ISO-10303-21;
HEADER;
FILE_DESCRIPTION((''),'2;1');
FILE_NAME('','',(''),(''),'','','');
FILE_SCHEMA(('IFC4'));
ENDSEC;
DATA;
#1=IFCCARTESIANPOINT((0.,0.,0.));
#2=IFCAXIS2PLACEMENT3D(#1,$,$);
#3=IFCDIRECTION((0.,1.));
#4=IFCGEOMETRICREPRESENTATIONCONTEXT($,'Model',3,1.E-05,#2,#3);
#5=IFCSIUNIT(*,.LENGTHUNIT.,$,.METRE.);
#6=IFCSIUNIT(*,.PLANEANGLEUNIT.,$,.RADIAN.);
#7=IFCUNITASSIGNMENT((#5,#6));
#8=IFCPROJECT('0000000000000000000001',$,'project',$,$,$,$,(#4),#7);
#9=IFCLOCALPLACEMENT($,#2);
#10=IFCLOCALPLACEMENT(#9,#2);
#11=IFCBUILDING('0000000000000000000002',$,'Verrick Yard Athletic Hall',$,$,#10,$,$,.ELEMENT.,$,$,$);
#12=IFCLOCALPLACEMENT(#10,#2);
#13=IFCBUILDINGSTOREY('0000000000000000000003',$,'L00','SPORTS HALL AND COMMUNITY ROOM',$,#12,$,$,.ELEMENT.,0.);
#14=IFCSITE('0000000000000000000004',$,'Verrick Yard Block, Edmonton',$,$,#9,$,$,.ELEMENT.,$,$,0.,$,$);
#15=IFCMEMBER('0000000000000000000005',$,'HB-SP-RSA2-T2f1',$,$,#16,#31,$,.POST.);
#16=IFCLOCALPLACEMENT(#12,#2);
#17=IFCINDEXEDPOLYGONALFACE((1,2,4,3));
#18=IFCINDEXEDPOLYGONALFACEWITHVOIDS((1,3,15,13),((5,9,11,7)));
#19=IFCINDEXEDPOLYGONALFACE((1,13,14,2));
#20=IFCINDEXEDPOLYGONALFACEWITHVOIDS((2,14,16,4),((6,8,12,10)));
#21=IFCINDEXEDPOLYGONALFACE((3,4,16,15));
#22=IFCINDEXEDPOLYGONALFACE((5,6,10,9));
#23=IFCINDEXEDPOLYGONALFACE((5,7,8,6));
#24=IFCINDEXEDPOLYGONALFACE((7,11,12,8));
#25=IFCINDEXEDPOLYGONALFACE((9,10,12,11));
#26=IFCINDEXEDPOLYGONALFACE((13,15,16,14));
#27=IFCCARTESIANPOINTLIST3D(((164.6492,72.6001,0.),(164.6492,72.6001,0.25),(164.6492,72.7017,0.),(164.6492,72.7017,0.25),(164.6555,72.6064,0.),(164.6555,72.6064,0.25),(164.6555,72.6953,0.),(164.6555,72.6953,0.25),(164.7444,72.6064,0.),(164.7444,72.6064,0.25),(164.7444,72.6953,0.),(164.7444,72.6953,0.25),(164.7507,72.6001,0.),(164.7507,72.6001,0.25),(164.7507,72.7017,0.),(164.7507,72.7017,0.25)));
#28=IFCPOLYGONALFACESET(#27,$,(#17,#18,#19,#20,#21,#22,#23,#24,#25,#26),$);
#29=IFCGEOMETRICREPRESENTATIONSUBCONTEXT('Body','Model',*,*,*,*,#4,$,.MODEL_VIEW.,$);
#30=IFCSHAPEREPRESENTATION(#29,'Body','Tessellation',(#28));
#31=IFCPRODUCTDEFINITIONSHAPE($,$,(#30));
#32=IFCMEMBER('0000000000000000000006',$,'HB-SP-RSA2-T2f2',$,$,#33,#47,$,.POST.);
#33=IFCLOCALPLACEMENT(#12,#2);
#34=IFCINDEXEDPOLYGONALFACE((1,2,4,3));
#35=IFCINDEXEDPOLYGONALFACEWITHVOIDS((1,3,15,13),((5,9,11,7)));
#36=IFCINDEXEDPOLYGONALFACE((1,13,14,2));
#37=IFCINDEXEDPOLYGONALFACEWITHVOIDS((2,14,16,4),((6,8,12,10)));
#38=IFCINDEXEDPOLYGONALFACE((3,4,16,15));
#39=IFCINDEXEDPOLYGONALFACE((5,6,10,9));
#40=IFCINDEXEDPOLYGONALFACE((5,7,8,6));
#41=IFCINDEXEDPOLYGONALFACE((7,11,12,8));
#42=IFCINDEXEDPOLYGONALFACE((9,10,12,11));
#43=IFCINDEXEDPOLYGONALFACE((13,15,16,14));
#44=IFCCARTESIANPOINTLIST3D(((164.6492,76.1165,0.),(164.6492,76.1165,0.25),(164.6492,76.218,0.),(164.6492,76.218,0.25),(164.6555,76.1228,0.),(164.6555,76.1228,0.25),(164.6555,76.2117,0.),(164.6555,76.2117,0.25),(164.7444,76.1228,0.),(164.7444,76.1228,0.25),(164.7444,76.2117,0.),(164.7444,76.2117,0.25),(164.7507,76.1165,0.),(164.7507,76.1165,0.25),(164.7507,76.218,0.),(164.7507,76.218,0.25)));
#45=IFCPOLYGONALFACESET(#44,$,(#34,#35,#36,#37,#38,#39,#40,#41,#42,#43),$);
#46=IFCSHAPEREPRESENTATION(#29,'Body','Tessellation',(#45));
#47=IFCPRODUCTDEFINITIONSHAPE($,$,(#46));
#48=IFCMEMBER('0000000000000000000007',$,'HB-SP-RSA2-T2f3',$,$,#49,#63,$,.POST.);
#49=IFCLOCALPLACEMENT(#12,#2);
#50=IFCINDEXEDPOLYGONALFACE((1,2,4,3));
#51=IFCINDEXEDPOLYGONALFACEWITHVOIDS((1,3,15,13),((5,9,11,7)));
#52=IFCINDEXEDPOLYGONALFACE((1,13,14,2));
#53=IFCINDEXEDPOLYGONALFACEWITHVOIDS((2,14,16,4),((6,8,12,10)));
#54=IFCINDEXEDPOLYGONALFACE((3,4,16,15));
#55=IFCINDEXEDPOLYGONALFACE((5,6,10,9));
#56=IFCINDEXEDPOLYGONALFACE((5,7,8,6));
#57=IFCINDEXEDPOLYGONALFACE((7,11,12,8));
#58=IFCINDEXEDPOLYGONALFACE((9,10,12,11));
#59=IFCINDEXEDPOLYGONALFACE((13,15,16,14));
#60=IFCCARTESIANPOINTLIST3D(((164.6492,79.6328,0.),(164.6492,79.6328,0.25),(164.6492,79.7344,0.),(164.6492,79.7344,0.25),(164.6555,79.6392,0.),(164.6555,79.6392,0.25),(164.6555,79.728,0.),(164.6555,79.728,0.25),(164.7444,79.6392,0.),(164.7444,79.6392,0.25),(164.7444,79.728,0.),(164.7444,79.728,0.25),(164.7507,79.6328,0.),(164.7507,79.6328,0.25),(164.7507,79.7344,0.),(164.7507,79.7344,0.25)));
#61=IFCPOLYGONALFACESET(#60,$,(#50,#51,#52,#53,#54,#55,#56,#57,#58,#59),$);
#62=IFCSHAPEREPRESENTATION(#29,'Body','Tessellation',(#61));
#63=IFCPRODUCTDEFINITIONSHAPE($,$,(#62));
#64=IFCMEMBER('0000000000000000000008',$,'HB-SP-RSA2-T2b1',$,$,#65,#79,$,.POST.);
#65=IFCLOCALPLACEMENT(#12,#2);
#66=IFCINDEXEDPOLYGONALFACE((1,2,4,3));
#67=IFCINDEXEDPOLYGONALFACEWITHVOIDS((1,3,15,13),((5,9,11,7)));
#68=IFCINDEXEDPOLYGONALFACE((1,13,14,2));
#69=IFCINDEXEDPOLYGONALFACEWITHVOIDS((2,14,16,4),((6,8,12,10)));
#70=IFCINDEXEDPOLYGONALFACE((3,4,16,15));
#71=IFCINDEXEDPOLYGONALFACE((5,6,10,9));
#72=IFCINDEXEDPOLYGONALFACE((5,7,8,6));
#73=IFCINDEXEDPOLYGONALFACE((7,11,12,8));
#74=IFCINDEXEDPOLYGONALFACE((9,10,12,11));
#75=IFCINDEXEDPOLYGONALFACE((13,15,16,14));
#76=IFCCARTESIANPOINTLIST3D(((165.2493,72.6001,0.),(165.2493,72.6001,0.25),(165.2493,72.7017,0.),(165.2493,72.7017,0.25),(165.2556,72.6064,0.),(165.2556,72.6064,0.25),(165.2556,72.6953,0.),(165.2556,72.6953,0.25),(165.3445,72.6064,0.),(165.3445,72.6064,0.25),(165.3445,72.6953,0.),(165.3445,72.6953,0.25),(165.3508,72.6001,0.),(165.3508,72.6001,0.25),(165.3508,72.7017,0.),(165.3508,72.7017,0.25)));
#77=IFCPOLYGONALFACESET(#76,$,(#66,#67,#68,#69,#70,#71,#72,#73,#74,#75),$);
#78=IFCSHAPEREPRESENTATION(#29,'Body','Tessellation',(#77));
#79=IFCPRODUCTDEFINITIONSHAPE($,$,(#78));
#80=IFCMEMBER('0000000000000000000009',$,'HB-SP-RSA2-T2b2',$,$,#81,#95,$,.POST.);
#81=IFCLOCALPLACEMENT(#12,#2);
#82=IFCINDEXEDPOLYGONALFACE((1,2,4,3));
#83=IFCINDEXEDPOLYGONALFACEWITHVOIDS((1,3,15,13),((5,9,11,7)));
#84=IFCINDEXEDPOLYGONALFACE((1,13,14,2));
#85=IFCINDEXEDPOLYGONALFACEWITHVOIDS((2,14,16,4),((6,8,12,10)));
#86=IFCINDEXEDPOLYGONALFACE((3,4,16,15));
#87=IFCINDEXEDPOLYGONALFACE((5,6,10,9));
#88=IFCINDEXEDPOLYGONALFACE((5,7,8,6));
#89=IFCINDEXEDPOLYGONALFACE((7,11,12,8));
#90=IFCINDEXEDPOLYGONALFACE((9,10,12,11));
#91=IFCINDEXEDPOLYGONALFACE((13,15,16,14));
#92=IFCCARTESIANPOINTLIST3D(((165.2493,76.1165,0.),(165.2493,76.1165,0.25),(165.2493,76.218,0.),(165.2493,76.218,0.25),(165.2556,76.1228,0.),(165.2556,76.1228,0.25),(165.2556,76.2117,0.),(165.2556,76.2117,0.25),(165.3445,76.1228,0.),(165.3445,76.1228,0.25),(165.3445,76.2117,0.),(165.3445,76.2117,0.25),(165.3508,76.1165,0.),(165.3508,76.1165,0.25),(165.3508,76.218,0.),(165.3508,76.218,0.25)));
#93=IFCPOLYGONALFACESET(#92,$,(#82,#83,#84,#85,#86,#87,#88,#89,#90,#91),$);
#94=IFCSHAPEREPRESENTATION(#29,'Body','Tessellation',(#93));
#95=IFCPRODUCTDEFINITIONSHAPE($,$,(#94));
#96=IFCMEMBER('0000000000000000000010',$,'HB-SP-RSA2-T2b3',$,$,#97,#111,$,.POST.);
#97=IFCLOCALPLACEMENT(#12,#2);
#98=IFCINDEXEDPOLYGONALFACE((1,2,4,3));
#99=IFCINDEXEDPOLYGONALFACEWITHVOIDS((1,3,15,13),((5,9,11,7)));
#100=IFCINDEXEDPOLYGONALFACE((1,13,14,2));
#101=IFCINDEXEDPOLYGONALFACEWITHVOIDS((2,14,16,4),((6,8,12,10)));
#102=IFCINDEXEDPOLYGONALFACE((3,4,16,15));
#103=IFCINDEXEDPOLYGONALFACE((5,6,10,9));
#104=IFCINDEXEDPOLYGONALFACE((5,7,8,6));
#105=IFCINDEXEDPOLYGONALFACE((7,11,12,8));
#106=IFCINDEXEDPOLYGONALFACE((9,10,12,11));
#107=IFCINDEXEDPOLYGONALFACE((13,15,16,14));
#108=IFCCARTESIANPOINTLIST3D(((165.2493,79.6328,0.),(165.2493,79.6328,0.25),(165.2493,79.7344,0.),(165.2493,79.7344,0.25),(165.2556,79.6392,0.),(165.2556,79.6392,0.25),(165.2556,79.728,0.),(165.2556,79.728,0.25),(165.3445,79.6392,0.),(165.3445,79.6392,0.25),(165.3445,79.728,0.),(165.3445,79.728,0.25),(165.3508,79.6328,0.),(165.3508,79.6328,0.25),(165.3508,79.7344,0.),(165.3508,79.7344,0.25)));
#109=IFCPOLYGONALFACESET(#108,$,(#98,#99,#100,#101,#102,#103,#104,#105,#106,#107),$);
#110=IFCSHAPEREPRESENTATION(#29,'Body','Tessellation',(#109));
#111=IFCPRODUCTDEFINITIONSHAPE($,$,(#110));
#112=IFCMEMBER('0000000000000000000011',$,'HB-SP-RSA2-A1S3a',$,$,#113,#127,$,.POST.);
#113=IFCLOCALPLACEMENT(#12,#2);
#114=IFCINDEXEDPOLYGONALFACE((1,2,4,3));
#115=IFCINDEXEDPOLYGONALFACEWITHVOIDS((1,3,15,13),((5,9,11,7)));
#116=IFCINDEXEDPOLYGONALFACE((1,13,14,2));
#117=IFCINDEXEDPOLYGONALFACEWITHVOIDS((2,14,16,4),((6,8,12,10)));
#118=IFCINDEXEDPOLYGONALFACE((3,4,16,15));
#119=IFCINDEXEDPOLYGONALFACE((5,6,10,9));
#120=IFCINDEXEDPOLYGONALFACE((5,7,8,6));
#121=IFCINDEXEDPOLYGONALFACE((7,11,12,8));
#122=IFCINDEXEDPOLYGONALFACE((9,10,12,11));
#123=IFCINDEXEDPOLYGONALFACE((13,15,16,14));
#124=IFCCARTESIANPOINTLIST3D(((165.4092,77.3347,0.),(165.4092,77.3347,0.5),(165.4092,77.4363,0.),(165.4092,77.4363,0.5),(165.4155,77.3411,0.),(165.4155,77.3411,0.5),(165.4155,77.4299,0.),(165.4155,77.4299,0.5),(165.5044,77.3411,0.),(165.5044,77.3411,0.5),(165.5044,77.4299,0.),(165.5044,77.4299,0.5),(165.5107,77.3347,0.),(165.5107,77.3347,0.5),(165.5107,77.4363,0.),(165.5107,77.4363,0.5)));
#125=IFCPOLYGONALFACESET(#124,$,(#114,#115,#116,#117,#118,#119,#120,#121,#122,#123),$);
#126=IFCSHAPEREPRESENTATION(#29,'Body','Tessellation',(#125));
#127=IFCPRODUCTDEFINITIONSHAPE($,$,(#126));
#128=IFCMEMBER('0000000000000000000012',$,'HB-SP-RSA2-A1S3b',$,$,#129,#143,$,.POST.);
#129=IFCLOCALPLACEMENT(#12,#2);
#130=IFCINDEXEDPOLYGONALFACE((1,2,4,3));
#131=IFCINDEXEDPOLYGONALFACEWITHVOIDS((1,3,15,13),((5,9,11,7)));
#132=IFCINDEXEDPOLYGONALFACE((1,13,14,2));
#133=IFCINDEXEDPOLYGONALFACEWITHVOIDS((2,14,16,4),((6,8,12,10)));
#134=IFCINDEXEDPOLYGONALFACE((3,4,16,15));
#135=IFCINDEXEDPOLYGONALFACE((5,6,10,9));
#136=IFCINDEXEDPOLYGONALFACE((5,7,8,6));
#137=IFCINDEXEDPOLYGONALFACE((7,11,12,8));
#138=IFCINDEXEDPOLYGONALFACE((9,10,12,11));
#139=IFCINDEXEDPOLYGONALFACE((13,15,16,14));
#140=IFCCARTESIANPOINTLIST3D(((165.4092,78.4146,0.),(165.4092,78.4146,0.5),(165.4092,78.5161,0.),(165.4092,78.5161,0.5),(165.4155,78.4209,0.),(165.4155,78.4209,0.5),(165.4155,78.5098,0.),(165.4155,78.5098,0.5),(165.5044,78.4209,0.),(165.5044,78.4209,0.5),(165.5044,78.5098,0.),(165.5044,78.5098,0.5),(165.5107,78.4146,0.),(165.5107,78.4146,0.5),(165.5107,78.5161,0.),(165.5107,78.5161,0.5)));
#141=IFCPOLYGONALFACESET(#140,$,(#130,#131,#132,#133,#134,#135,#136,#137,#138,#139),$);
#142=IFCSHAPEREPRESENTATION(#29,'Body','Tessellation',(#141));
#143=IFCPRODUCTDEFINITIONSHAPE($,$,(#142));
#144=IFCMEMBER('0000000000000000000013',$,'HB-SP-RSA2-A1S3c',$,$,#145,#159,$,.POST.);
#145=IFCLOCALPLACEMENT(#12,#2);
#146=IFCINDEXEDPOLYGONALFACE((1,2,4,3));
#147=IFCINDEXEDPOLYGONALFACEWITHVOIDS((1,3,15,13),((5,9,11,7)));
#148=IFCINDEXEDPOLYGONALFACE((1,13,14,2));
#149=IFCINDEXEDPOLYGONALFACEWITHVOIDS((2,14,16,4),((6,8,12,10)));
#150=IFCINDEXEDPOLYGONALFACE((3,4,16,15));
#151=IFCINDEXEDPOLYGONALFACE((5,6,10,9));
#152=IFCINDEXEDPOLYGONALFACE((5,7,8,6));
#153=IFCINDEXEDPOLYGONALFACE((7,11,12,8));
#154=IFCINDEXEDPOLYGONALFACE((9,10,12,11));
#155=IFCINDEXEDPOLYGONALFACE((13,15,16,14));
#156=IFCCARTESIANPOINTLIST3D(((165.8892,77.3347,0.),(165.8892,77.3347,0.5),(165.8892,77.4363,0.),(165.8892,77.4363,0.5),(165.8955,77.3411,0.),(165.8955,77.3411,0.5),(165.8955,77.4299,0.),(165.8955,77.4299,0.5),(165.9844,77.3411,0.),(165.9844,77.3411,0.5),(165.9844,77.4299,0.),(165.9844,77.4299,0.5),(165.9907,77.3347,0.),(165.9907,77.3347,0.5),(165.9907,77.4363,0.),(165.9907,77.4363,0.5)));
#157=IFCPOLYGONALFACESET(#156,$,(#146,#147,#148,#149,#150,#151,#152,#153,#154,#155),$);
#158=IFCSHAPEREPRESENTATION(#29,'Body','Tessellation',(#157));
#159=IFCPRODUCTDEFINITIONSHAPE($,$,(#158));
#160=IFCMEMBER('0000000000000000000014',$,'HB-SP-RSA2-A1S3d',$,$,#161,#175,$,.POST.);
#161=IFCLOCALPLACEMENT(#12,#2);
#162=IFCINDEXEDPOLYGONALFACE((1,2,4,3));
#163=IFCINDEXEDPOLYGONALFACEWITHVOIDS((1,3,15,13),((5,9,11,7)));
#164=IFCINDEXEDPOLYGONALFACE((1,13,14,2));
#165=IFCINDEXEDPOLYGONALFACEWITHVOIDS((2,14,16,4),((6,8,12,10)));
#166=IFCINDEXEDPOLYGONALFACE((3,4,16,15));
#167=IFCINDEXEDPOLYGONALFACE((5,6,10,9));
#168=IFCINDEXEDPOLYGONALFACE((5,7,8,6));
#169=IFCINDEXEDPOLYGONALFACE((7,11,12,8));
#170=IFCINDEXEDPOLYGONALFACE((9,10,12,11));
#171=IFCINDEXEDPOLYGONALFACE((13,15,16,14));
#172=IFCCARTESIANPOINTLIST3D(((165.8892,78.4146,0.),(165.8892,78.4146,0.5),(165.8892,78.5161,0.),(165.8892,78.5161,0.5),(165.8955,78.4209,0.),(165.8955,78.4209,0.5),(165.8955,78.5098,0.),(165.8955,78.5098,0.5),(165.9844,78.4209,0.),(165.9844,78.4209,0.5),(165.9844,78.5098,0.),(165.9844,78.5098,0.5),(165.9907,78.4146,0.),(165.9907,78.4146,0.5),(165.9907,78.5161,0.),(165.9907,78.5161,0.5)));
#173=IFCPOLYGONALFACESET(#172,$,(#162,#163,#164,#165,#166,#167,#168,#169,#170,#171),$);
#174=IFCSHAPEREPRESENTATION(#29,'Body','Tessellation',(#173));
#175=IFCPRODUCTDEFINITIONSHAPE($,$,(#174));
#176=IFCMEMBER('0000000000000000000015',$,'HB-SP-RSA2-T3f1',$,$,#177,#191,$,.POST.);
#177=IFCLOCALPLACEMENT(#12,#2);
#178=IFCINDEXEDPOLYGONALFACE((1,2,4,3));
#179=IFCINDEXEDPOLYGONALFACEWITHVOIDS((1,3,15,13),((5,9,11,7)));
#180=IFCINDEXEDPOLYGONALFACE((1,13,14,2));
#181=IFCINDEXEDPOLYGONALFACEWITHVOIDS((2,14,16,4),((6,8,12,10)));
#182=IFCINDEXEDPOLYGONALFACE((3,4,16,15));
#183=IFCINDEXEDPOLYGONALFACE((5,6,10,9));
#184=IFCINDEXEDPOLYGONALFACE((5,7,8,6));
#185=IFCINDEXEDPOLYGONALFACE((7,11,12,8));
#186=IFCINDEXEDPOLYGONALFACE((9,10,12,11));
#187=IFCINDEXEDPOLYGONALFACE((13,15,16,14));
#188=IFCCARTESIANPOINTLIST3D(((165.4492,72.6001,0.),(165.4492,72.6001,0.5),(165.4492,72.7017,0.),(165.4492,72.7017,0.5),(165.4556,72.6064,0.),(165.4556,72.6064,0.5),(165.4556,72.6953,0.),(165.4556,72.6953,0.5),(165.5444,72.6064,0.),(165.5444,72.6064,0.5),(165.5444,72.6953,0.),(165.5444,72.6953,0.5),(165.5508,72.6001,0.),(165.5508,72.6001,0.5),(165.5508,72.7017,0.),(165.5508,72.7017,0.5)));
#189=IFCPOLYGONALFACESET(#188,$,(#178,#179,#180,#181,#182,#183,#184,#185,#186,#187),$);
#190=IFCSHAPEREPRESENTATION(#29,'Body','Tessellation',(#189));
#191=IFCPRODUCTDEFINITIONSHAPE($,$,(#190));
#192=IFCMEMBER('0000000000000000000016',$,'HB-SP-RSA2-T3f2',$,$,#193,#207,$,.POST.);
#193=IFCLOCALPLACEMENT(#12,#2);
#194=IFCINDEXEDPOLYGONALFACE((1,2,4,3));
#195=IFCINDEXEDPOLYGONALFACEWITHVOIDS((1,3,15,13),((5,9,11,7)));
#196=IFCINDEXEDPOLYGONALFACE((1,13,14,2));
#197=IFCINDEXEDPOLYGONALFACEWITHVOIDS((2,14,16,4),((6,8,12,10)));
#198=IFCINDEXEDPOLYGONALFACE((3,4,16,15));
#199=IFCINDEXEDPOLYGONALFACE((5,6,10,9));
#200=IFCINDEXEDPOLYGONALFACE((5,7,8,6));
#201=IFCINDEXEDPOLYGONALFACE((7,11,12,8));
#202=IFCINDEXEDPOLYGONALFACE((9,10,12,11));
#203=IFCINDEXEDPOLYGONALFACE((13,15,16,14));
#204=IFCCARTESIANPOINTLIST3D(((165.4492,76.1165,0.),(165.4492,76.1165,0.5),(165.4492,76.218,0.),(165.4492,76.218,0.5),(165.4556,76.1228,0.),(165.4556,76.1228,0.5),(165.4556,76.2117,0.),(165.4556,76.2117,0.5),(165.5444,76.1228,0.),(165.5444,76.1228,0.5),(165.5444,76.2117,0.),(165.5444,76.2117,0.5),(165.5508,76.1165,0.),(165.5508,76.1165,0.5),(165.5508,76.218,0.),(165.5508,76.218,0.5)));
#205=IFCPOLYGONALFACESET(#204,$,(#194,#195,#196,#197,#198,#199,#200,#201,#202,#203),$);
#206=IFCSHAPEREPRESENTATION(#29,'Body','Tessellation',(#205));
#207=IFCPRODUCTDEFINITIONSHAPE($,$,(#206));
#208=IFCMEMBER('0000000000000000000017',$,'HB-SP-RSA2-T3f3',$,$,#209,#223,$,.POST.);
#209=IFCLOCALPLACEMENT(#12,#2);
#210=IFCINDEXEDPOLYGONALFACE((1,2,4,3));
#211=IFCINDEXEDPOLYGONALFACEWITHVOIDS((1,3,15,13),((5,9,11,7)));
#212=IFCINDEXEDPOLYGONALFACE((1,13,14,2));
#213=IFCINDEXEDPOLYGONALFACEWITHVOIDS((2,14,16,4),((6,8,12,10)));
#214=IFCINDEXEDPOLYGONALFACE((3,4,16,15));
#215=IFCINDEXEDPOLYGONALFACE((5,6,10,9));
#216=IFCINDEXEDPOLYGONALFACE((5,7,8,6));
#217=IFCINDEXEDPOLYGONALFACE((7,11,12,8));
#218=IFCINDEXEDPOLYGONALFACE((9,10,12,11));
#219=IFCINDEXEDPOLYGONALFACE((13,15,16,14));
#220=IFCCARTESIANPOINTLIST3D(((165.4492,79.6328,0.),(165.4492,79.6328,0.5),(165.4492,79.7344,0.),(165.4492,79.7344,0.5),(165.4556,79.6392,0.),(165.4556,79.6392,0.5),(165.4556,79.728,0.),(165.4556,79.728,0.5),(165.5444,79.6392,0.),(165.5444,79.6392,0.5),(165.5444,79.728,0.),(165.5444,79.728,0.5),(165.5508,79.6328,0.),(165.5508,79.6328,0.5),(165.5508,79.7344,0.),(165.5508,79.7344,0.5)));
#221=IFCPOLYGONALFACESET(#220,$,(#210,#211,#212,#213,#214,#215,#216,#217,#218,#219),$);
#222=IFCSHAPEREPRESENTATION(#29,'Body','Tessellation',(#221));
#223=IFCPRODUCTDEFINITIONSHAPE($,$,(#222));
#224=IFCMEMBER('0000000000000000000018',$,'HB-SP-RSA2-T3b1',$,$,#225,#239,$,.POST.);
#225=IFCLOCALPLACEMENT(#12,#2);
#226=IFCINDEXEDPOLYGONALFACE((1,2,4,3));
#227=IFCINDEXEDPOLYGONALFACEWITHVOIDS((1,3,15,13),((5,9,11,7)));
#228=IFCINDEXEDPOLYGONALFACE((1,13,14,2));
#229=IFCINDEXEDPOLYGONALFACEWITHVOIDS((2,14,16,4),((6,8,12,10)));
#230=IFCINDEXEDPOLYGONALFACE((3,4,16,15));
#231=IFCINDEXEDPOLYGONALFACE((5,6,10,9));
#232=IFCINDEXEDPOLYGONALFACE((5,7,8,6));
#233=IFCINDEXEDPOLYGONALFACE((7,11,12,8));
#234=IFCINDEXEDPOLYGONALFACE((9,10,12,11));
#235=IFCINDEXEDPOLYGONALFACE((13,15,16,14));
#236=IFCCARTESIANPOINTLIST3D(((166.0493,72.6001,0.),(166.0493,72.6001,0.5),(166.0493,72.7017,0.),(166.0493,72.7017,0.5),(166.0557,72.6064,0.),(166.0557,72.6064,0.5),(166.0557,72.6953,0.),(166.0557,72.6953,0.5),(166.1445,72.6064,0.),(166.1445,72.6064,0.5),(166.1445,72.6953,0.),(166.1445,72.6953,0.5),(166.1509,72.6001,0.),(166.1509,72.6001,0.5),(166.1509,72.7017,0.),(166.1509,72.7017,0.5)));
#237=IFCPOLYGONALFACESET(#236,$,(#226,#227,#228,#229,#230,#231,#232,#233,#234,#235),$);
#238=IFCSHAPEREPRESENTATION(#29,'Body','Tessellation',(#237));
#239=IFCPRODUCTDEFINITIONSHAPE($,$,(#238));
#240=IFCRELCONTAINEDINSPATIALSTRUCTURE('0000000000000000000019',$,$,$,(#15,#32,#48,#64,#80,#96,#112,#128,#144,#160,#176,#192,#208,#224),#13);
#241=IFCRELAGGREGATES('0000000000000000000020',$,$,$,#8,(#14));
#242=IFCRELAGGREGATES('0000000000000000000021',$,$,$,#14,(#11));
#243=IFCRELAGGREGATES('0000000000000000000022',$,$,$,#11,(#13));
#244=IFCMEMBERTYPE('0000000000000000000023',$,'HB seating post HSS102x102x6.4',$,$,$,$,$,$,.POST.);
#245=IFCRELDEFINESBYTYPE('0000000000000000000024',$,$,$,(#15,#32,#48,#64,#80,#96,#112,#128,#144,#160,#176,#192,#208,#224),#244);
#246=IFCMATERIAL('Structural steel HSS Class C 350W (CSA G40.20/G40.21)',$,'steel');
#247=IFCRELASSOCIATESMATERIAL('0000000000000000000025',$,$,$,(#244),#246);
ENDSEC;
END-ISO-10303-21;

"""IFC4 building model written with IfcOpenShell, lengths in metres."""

from ifc_helpers import new_model, si_unit, direction, frame, origin, origin_2d, place, context, subcontext, project, spatial, hollow_rectangle, extrude, material, material_profile, profile_set, type_object, element, save


model = new_model("IFC4")

# Units and contexts
model_context = context("Model", 3, precision=1e-05, world=origin(), true_north=direction((0.0, 1.0)))
body_context = subcontext(model_context, "Body", "Model", "MODEL_VIEW")
ifc_project = project(units=[si_unit("LENGTHUNIT", "METRE"), si_unit("PLANEANGLEUNIT", "RADIAN")], contexts=[model_context])

# Site, building, storey
site_placement = place(None, origin())
site = spatial("IfcSite", under=ifc_project, at=site_placement, Name="Verrick Yard Block, Edmonton", CompositionType="ELEMENT", RefElevation=0.0)
building_placement = place(site_placement, origin())
building = spatial("IfcBuilding", under=site, at=building_placement, Name="Verrick Yard Athletic Hall", CompositionType="ELEMENT")
storey_placement = place(building_placement, origin())
storey = spatial("IfcBuildingStorey", under=building, at=storey_placement, Name="L00", Description="SPORTS HALL AND COMMUNITY ROOM", CompositionType="ELEMENT", Elevation=0.0)

# Members
ifc_material_1 = material(Name="Structural steel HSS Class C 350W (CSA G40.20/G40.21)", Category="steel")
ifc_material_profile_1 = material_profile(ifc_material_1, hollow_rectangle(XDim=0.1016, YDim=0.1016, WallThickness=0.0063, at=origin_2d()), Name="HSS102x102x6.4")
ifc_profile_set_1 = profile_set([ifc_material_profile_1], Name="Structural steel HSS Class C 350W (CSA G40.20/G40.21)")
member_type_1 = type_object("IfcMemberType", Name="HB seating post HSS102x102x6.4", PredefinedType="POST", material=ifc_profile_set_1)
for number, where, z_axis, x_axis, name in (
    (1, (164.7, 72.6509, 0.0), (0.0, 0.0, 1.0), (0.0, 1.0, 0.0), "HB-SP-RSA2-T2f1"),
    (2, (164.7, 76.1672, 0.0), (0.0, 0.0, 1.0), (0.0, 1.0, 0.0), "HB-SP-RSA2-T2f2"),
    (3, (164.7, 79.6836, 0.0), (0.0, 0.0, 1.0), (0.0, 1.0, 0.0), "HB-SP-RSA2-T2f3"),
    (4, (165.3, 72.6509, 0.0), (0.0, 0.0, 1.0), (0.0, 1.0, 0.0), "HB-SP-RSA2-T2b1"),
    (5, (165.3, 76.1672, 0.0), (0.0, 0.0, 1.0), (0.0, 1.0, 0.0), "HB-SP-RSA2-T2b2"),
    (6, (165.3, 79.6836, 0.0), (0.0, 0.0, 1.0), (0.0, 1.0, 0.0), "HB-SP-RSA2-T2b3"),
):
    element("IfcMember", number, at=place(storey_placement, frame(where, z_axis=z_axis, x_axis=x_axis)), inside=storey, type_object=member_type_1, Name=name, PredefinedType="POST", context=body_context, shape_type="SweptSolid", body=[
        extrude(hollow_rectangle(XDim=0.1016, YDim=0.1016, WallThickness=0.0063, at=origin_2d()), origin(), (0.0, 0.0, 1.0), 0.25),
    ])
for number, where, z_axis, x_axis, name in (
    (7, (165.46, 77.3855, 0.0), (0.0, 0.0, 1.0), (0.0, 1.0, 0.0), "HB-SP-RSA2-A1S3a"),
    (8, (165.46, 78.4653, 0.0), (0.0, 0.0, 1.0), (0.0, 1.0, 0.0), "HB-SP-RSA2-A1S3b"),
    (9, (165.9399, 77.3855, 0.0), (0.0, 0.0, 1.0), (0.0, 1.0, 0.0), "HB-SP-RSA2-A1S3c"),
    (10, (165.9399, 78.4653, 0.0), (0.0, 0.0, 1.0), (0.0, 1.0, 0.0), "HB-SP-RSA2-A1S3d"),
    (11, (165.5, 72.6509, 0.0), (0.0, 0.0, 1.0), (0.0, 1.0, 0.0), "HB-SP-RSA2-T3f1"),
    (12, (165.5, 76.1672, 0.0), (0.0, 0.0, 1.0), (0.0, 1.0, 0.0), "HB-SP-RSA2-T3f2"),
    (13, (165.5, 79.6836, 0.0), (0.0, 0.0, 1.0), (0.0, 1.0, 0.0), "HB-SP-RSA2-T3f3"),
    (14, (166.1001, 72.6509, 0.0), (0.0, 0.0, 1.0), (0.0, 1.0, 0.0), "HB-SP-RSA2-T3b1"),
):
    element("IfcMember", number, at=place(storey_placement, frame(where, z_axis=z_axis, x_axis=x_axis)), inside=storey, type_object=member_type_1, Name=name, PredefinedType="POST", context=body_context, shape_type="SweptSolid", body=[
        extrude(hollow_rectangle(XDim=0.1016, YDim=0.1016, WallThickness=0.0063, at=origin_2d()), origin(), (0.0, 0.0, 1.0), 0.5),
    ])

save(model, "model.ifc")
